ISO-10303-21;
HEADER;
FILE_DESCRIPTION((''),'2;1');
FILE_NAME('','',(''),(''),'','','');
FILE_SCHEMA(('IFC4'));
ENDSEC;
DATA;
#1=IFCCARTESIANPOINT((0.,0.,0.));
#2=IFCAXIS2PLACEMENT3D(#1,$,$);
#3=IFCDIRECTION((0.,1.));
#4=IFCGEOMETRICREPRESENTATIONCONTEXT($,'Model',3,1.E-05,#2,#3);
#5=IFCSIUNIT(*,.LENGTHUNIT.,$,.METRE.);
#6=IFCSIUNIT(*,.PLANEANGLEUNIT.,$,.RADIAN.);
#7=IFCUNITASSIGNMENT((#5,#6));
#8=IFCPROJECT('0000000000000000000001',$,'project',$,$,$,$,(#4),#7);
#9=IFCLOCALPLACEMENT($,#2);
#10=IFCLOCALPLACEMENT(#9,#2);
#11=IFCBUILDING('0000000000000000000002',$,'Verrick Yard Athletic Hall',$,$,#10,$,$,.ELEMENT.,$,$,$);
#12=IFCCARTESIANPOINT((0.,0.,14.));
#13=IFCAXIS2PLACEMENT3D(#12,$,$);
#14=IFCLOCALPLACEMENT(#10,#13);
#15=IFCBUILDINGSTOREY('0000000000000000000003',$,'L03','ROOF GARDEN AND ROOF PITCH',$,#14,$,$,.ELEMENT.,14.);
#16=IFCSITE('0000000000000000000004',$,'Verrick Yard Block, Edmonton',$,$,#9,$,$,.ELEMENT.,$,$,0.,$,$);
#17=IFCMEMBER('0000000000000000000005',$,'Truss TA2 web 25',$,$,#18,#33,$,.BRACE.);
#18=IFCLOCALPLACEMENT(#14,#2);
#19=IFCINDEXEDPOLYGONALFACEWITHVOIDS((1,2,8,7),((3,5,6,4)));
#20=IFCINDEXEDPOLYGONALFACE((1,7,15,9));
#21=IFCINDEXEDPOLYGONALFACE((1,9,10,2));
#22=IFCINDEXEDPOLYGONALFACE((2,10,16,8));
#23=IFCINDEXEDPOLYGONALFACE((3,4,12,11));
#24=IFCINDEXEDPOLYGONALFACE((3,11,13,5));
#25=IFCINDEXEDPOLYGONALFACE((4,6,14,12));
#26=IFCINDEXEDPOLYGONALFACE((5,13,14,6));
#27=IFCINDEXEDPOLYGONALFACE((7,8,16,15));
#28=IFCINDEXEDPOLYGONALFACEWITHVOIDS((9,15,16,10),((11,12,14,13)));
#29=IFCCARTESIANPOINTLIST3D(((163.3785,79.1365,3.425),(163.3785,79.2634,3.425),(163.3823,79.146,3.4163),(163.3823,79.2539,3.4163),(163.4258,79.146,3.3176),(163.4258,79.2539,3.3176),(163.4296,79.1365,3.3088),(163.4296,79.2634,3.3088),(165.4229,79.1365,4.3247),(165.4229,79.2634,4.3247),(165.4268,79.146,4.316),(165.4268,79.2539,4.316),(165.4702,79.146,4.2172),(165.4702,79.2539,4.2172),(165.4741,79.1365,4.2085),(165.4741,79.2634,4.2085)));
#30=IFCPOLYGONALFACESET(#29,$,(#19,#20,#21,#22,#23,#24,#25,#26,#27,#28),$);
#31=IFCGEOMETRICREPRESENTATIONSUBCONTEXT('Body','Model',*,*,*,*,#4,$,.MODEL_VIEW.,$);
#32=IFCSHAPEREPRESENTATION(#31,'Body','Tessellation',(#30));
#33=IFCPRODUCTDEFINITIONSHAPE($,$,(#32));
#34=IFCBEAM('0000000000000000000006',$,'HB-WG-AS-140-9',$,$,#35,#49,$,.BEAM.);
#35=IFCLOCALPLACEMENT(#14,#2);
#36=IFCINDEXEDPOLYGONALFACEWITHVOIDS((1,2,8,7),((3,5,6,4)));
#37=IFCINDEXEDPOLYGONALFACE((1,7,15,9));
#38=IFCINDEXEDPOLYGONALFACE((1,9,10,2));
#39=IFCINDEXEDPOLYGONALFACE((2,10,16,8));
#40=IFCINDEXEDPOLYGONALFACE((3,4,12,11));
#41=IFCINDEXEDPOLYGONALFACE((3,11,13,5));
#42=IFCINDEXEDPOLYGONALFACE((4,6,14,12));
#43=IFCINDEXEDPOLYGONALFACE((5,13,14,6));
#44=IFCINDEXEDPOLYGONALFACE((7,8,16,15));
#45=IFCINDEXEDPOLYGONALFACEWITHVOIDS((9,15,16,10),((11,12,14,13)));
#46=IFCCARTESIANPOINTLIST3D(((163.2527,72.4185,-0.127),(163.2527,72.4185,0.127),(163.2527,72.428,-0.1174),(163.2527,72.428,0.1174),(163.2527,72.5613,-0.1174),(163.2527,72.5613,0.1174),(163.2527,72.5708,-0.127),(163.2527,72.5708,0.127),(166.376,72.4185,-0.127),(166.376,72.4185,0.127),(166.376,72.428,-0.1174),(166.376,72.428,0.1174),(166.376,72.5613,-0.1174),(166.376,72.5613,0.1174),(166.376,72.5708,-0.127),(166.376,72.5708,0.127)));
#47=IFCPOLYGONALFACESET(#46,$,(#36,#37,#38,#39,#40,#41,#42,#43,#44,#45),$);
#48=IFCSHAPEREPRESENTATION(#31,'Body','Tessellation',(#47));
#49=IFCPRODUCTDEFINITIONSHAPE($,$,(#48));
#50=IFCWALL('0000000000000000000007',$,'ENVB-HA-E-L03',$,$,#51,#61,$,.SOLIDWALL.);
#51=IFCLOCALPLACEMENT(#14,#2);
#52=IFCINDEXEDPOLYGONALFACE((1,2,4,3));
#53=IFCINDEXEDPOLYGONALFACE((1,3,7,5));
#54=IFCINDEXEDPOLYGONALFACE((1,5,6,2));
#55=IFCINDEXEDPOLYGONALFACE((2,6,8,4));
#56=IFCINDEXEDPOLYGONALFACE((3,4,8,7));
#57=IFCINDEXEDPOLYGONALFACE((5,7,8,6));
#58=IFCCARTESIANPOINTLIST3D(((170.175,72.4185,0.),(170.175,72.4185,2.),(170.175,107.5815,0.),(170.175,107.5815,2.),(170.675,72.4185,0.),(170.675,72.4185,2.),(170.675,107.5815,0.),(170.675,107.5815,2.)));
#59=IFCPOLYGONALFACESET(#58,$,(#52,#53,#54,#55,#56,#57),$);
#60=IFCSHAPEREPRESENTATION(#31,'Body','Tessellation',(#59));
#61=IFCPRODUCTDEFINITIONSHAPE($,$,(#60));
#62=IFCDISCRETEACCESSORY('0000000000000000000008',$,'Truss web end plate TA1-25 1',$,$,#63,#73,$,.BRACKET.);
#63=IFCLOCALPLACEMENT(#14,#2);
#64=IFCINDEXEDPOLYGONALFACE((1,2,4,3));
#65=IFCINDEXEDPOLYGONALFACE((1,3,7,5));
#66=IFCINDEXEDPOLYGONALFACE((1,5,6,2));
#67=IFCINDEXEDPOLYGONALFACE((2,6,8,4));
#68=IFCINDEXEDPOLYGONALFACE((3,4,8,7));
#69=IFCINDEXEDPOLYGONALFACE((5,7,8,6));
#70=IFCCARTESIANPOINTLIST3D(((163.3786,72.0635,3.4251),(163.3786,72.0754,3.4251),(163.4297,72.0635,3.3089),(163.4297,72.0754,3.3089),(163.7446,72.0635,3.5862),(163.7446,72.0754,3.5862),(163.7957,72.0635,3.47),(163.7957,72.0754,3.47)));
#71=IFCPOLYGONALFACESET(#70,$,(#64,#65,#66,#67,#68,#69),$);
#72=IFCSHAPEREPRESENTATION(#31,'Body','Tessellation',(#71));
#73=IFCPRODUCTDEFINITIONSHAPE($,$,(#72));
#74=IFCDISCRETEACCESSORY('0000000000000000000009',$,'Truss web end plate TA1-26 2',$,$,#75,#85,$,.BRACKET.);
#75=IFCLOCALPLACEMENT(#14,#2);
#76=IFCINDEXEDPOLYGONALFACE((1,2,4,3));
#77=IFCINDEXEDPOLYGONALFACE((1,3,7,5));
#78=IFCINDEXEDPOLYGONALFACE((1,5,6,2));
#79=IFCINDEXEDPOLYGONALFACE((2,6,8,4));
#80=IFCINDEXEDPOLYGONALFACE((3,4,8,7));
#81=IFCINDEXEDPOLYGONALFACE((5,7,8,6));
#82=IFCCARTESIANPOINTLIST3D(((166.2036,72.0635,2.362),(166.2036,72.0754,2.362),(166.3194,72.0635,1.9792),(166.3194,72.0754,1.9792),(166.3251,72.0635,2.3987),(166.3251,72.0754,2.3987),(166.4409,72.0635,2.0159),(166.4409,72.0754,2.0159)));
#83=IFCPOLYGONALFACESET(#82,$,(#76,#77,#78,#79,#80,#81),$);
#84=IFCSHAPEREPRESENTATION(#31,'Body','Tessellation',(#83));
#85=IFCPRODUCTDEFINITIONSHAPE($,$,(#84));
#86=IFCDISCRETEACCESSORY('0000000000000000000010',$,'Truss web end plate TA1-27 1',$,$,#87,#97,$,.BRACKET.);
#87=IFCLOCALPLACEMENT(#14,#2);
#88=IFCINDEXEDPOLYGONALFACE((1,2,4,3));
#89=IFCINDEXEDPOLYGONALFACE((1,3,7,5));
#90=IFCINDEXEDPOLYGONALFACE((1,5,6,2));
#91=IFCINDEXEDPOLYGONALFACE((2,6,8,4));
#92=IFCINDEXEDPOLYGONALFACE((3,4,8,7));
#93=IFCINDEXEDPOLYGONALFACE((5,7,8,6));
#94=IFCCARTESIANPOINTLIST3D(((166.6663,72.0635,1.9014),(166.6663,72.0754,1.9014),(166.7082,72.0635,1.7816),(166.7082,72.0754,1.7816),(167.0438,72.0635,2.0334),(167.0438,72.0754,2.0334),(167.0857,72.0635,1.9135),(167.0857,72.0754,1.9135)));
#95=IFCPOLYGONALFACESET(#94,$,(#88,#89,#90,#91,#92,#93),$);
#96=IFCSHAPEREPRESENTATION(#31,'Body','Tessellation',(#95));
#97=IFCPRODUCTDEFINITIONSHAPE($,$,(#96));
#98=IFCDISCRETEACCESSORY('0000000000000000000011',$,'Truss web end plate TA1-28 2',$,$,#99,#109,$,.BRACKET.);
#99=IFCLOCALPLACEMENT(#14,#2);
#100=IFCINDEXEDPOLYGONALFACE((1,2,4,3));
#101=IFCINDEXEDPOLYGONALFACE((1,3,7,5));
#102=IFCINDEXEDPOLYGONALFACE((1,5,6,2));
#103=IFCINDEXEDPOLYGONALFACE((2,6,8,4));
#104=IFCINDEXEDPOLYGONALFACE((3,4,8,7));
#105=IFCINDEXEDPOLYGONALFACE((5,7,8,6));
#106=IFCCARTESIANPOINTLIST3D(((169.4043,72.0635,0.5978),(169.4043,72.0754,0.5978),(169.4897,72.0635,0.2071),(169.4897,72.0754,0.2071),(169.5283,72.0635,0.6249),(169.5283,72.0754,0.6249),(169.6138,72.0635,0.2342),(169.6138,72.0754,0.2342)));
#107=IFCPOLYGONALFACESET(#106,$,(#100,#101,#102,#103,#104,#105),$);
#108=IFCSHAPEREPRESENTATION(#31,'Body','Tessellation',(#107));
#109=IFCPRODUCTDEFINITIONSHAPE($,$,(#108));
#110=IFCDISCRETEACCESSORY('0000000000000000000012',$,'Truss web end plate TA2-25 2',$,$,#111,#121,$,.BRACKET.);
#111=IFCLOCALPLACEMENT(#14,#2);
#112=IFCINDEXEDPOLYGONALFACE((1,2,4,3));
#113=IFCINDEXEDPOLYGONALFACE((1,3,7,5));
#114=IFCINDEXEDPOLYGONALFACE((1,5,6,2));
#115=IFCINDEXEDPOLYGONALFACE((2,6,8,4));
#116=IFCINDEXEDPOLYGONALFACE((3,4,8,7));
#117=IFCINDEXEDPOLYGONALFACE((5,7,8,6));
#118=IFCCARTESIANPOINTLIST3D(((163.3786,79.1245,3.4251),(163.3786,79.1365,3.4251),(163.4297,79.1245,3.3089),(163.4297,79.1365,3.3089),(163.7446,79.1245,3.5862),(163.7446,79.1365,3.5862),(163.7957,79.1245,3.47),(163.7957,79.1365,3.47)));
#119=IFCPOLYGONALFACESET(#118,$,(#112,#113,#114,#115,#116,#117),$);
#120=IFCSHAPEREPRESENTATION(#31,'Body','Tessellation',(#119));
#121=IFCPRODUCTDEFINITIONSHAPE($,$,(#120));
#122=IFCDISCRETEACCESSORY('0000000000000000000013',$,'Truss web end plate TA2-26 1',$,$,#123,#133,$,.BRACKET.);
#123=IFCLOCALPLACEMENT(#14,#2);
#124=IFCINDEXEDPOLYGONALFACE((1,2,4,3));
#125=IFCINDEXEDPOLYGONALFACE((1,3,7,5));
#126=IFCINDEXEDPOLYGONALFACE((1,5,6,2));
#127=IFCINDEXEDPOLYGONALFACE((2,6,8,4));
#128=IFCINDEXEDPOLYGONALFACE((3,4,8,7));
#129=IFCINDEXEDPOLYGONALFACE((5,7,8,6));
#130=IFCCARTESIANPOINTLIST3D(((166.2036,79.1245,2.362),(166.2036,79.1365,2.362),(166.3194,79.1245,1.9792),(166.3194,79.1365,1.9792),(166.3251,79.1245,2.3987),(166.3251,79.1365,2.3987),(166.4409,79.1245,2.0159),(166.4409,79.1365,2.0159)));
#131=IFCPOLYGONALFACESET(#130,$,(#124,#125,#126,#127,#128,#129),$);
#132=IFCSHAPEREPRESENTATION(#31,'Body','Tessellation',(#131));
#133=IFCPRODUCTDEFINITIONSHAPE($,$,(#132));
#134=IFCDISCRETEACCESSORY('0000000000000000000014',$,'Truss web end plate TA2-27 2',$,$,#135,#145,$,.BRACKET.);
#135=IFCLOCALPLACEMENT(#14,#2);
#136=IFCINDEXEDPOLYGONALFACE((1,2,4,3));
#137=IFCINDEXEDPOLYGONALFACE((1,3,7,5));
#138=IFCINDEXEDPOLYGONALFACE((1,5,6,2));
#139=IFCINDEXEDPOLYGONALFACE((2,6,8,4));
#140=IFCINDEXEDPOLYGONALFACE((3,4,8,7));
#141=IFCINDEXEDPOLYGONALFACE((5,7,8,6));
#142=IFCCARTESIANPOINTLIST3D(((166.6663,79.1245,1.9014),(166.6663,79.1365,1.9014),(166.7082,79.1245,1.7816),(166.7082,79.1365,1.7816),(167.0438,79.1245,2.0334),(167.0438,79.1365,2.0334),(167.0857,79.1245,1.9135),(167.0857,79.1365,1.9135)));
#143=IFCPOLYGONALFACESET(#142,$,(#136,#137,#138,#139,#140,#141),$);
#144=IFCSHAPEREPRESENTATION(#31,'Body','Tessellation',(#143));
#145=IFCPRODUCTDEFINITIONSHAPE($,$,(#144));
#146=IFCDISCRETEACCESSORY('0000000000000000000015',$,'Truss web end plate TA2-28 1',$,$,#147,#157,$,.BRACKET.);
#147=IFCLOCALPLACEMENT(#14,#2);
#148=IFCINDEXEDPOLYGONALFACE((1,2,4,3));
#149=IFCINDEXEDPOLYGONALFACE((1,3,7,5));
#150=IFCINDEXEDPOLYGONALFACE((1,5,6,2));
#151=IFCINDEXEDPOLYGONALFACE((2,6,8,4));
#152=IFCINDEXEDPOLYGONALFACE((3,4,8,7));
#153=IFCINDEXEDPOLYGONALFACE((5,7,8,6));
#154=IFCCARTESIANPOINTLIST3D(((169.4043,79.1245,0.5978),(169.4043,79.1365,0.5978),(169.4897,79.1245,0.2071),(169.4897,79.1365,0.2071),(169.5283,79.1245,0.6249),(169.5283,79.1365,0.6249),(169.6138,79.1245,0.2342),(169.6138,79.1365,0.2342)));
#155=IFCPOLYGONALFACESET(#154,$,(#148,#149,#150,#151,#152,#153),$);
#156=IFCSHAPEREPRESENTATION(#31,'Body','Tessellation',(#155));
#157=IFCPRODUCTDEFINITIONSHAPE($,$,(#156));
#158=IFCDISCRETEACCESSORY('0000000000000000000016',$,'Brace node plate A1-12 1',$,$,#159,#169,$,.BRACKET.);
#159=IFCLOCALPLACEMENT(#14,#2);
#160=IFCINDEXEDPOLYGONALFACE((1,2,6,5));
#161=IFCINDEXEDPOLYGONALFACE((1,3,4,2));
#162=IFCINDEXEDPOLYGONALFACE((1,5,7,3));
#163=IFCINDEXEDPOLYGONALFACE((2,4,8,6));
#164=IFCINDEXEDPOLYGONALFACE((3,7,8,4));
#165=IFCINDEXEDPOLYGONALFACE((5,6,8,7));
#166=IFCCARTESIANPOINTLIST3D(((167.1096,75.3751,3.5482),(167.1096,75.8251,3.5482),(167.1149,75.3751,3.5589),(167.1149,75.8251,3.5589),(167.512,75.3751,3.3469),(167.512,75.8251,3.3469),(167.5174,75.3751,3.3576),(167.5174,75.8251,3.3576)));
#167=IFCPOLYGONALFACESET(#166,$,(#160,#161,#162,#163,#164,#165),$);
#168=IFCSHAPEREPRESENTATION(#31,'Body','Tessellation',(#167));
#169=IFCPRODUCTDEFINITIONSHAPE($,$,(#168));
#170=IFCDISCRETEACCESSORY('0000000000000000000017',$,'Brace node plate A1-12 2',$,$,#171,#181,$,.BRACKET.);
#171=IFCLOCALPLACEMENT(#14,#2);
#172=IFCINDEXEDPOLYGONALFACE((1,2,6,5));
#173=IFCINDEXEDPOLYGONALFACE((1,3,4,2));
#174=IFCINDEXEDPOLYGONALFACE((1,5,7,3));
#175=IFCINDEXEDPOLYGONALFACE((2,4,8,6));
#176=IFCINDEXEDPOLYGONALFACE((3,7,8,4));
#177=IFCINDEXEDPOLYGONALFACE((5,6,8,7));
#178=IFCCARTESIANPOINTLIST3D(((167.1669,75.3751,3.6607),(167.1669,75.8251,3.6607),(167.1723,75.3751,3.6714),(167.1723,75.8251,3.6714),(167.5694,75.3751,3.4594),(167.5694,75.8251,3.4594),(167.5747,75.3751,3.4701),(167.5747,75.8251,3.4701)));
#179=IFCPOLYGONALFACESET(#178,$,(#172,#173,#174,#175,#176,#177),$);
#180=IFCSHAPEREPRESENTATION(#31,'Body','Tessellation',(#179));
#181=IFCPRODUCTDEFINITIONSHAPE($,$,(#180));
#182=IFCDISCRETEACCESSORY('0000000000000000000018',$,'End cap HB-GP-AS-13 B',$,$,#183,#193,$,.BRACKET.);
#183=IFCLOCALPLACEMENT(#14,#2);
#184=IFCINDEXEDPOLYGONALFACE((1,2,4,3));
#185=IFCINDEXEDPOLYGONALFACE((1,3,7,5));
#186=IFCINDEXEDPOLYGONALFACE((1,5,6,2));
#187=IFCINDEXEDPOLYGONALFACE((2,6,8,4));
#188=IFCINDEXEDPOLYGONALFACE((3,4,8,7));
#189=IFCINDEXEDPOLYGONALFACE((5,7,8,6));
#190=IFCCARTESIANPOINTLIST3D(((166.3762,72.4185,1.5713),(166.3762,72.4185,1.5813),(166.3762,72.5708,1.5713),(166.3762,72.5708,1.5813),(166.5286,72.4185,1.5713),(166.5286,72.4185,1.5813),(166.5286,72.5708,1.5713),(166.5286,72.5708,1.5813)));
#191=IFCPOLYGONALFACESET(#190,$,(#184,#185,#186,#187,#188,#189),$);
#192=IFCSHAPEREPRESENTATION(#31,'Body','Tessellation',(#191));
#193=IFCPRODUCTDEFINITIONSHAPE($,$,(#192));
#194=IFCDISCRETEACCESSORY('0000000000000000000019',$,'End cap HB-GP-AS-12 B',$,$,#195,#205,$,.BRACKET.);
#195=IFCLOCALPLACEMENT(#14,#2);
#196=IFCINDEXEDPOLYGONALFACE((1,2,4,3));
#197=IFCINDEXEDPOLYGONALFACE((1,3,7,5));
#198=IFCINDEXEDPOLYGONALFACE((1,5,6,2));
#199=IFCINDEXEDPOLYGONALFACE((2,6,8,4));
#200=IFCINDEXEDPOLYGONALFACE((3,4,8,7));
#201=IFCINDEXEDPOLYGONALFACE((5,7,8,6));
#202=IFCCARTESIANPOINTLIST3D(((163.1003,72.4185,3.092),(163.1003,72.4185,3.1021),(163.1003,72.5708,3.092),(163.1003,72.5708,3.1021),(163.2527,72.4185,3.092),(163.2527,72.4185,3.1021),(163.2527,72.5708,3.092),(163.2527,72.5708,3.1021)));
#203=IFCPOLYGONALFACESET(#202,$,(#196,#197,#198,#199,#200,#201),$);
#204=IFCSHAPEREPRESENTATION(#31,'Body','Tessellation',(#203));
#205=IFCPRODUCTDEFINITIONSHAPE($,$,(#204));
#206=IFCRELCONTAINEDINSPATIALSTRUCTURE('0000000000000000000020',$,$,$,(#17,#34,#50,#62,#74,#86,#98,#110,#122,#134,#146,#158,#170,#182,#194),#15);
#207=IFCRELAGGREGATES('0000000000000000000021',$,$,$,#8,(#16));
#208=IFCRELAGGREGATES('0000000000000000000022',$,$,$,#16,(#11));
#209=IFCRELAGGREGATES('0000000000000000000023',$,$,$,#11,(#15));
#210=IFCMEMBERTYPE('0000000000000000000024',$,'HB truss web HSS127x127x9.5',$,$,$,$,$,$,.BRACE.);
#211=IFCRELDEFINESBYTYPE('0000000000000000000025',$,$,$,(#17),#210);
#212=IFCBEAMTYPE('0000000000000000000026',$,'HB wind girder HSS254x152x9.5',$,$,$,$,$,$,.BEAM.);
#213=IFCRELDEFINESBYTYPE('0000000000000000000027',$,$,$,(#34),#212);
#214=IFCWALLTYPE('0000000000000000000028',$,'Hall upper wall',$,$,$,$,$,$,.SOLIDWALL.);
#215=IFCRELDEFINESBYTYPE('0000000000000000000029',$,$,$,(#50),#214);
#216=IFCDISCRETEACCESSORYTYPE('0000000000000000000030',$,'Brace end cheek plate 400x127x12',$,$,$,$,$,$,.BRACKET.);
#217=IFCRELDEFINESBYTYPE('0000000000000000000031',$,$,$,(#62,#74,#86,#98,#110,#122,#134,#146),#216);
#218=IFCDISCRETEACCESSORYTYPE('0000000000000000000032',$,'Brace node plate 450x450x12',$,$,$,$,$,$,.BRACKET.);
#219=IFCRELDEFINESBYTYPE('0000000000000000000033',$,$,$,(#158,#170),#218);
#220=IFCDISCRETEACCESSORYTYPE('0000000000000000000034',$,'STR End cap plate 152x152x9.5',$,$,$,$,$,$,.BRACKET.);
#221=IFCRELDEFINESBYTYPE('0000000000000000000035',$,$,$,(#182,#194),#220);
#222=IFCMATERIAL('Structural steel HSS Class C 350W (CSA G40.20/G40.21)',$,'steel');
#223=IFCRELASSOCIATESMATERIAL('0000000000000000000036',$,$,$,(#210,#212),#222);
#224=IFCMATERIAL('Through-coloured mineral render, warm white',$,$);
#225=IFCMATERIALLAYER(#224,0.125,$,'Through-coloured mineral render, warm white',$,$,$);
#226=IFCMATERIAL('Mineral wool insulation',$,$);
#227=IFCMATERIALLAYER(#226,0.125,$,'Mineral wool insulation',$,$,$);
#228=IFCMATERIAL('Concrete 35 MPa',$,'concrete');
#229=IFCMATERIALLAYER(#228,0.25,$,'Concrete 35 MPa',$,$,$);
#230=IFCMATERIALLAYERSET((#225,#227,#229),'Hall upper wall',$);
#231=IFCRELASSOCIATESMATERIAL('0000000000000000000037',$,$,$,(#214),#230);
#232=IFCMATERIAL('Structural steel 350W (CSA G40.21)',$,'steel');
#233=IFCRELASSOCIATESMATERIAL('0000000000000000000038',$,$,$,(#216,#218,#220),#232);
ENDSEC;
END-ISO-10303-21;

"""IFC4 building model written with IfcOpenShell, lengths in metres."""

from ifc_helpers import new_model, si_unit, direction, frame, frame_2d, origin, origin_2d, place, context, subcontext, project, spatial, rectangle, hollow_rectangle, extrude, material, layer, layer_set, material_profile, profile_set, type_object, element, save


model = new_model("IFC4")

# Units and contexts
model_context = context("Model", 3, precision=1e-05, world=origin(), true_north=direction((0.0, 1.0)))
body_context = subcontext(model_context, "Body", "Model", "MODEL_VIEW")
ifc_project = project(units=[si_unit("LENGTHUNIT", "METRE"), si_unit("PLANEANGLEUNIT", "RADIAN")], contexts=[model_context])

# Site, building, storey
site_placement = place(None, origin())
site = spatial("IfcSite", under=ifc_project, at=site_placement, Name="Verrick Yard Block, Edmonton", CompositionType="ELEMENT", RefElevation=0.0)
building_placement = place(site_placement, origin())
building = spatial("IfcBuilding", under=site, at=building_placement, Name="Verrick Yard Athletic Hall", CompositionType="ELEMENT")
storey_placement = place(building_placement, frame((0.0, 0.0, 14.0)))
storey = spatial("IfcBuildingStorey", under=building, at=storey_placement, Name="L03", Description="ROOF GARDEN AND ROOF PITCH", CompositionType="ELEMENT", Elevation=14.0)

# Member
ifc_material_1 = material(Name="Structural steel HSS Class C 350W (CSA G40.20/G40.21)", Category="steel")
ifc_material_profile_1 = material_profile(ifc_material_1, hollow_rectangle(XDim=0.127, YDim=0.127, WallThickness=0.0095, at=origin_2d()), Name="HSS127x127x9.5")
ifc_profile_set_1 = profile_set([ifc_material_profile_1], Name="Structural steel HSS Class C 350W (CSA G40.20/G40.21)")
member_type_1 = type_object("IfcMemberType", Name="HB truss web HSS127x127x9.5", PredefinedType="BRACE", material=ifc_profile_set_1)
member_1_placement = place(storey_placement, frame((163.4041, 79.2, 3.3669), z_axis=(0.915297, 0.0, 0.402779), x_axis=(0.0, 1.0, 0.0)))
element("IfcMember", 1, at=member_1_placement, inside=storey, type_object=member_type_1, Name="Truss TA2 web 25", PredefinedType="BRACE", context=body_context, shape_type="SweptSolid", body=[
    extrude(hollow_rectangle(XDim=0.127, YDim=0.127, WallThickness=0.0095, at=origin_2d()), origin(), (0.0, 0.0, 1.0), 2.2336),
])

# Beam
ifc_material_profile_2 = material_profile(ifc_material_1, hollow_rectangle(XDim=0.1523, YDim=0.2539, WallThickness=0.0095, at=origin_2d()), Name="HSS254x152x9.5")
ifc_profile_set_2 = profile_set([ifc_material_profile_2], Name="Structural steel HSS Class C 350W (CSA G40.20/G40.21)")
beam_type = type_object("IfcBeamType", Name="HB wind girder HSS254x152x9.5", PredefinedType="BEAM", material=ifc_profile_set_2)
beam_placement = place(storey_placement, frame((163.2527, 72.4946, 0.0), z_axis=(1.0, 0.0, 0.0), x_axis=(0.0, 1.0, 0.0)))
element("IfcBeam", 2, at=beam_placement, inside=storey, type_object=beam_type, Name="HB-WG-AS-140-9", PredefinedType="BEAM", context=body_context, shape_type="SweptSolid", body=[
    extrude(hollow_rectangle(XDim=0.1523, YDim=0.2539, WallThickness=0.0095, at=origin_2d()), origin(), (0.0, 0.0, 1.0), 3.1233),
])

# Wall
ifc_material_2 = material(Name="Through-coloured mineral render, warm white")
ifc_layer_1 = layer(ifc_material_2, 0.125, Name="Through-coloured mineral render, warm white")
ifc_material_3 = material(Name="Mineral wool insulation")
ifc_layer_2 = layer(ifc_material_3, 0.125, Name="Mineral wool insulation")
ifc_material_4 = material(Name="Concrete 35 MPa", Category="concrete")
ifc_layer_3 = layer(ifc_material_4, 0.25, Name="Concrete 35 MPa")
ifc_layer_set = layer_set([ifc_layer_1, ifc_layer_2, ifc_layer_3], Name="Hall upper wall")
wall_type = type_object("IfcWallType", Name="Hall upper wall", PredefinedType="SOLIDWALL", material=ifc_layer_set)
wall_placement = place(storey_placement, frame((170.425, 72.4185, 0.0), z_axis=(0.0, 0.0, 1.0), x_axis=(0.0, 1.0, 0.0)))
element("IfcWall", 3, at=wall_placement, inside=storey, type_object=wall_type, Name="ENVB-HA-E-L03", PredefinedType="SOLIDWALL", context=body_context, shape_type="SweptSolid", body=[
    extrude(rectangle(XDim=35.1631, YDim=0.5, at=frame_2d((17.5815, 0.0))), origin(), (0.0, 0.0, 1.0), 2.0),
])

# Discrete accessories
ifc_material_5 = material(Name="Structural steel 350W (CSA G40.21)", Category="steel")
ifc_material_profile_3 = material_profile(ifc_material_5, rectangle(XDim=0.3999, YDim=0.127, at=origin_2d()), Name="Brace end cheek plate")
ifc_profile_set_3 = profile_set([ifc_material_profile_3], Name="Structural steel 350W (CSA G40.21)")
discrete_accessory_type_1 = type_object("IfcDiscreteAccessoryType", Name="Brace end cheek plate 400x127x12", PredefinedType="BRACKET", material=ifc_profile_set_3)
for number, where, z_axis, x_axis, name in (
    (4, (163.5872, 72.0635, 3.4475), (0.0, 1.0, 0.0), (0.915285, 0.0, 0.402806), "Truss web end plate TA1-25 1"),
    (5, (166.3223, 72.0635, 2.189), (0.0, 1.0, 0.0), (-0.289473, 0.0, 0.957186), "Truss web end plate TA1-26 2"),
    (6, (166.876, 72.0635, 1.9075), (0.0, 1.0, 0.0), (0.944026, 0.0, 0.329872), "Truss web end plate TA1-27 1"),
    (7, (169.509, 72.0635, 0.416), (0.0, 1.0, 0.0), (-0.213605, 0.0, 0.97692), "Truss web end plate TA1-28 2"),
    (8, (163.5872, 79.1365, 3.4475), (0.0, -1.0, 0.0), (0.915285, 0.0, 0.402806), "Truss web end plate TA2-25 2"),
    (9, (166.3223, 79.1365, 2.189), (0.0, -1.0, 0.0), (-0.289473, 0.0, 0.957186), "Truss web end plate TA2-26 1"),
    (10, (166.876, 79.1365, 1.9075), (0.0, -1.0, 0.0), (0.944026, 0.0, 0.329872), "Truss web end plate TA2-27 2"),
    (11, (169.509, 79.1365, 0.416), (0.0, -1.0, 0.0), (-0.213605, 0.0, 0.97692), "Truss web end plate TA2-28 1"),
):
    element("IfcDiscreteAccessory", number, at=place(storey_placement, frame(where, z_axis=z_axis, x_axis=x_axis)), inside=storey, type_object=discrete_accessory_type_1, Name=name, PredefinedType="BRACKET", context=body_context, shape_type="SweptSolid", body=[
        extrude(rectangle(XDim=0.3999, YDim=0.127, at=origin_2d()), origin(), (0.0, 0.0, 1.0), 0.012),
    ])
ifc_material_profile_4 = material_profile(ifc_material_5, rectangle(XDim=0.45, YDim=0.45, at=origin_2d()), Name="Brace node plate")
ifc_profile_set_4 = profile_set([ifc_material_profile_4], Name="Structural steel 350W (CSA G40.21)")
discrete_accessory_type_2 = type_object("IfcDiscreteAccessoryType", Name="Brace node plate 450x450x12", PredefinedType="BRACKET", material=ifc_profile_set_4)
for number, where, z_axis, x_axis, name in (
    (12, (167.3162, 75.6001, 3.4583), (-0.447214, 0.0, -0.894427), (0.0, -1.0, 0.0), "Brace node plate A1-12 1"),
    (13, (167.3682, 75.6001, 3.5601), (0.447214, 0.0, 0.894427), (0.0, 1.0, 0.0), "Brace node plate A1-12 2"),
):
    element("IfcDiscreteAccessory", number, at=place(storey_placement, frame(where, z_axis=z_axis, x_axis=x_axis)), inside=storey, type_object=discrete_accessory_type_2, Name=name, PredefinedType="BRACKET", context=body_context, shape_type="SweptSolid", body=[
        extrude(rectangle(XDim=0.45, YDim=0.45, at=origin_2d()), origin(), (0.0, 0.0, 1.0), 0.012),
    ])
ifc_material_profile_5 = material_profile(ifc_material_5, rectangle(XDim=0.1523, YDim=0.1523, at=origin_2d()), Name="STR End cap plate 152x152x9.5")
ifc_profile_set_5 = profile_set([ifc_material_profile_5], Name="Structural steel 350W (CSA G40.21)")
discrete_accessory_type_3 = type_object("IfcDiscreteAccessoryType", Name="STR End cap plate 152x152x9.5", PredefinedType="BRACKET", material=ifc_profile_set_5)
for number, where, z_axis, x_axis, name in (
    (14, (166.4524, 72.4946, 1.5713), (0.0, 0.0, 1.0), (1.0, 0.0, 0.0), "End cap HB-GP-AS-13 B"),
    (15, (163.1765, 72.4946, 3.092), (0.0, 0.0, 1.0), (1.0, 0.0, 0.0), "End cap HB-GP-AS-12 B"),
):
    element("IfcDiscreteAccessory", number, at=place(storey_placement, frame(where, z_axis=z_axis, x_axis=x_axis)), inside=storey, type_object=discrete_accessory_type_3, Name=name, PredefinedType="BRACKET", context=body_context, shape_type="SweptSolid", body=[
        extrude(rectangle(XDim=0.1523, YDim=0.1523, at=origin_2d()), origin(), (0.0, 0.0, 1.0), 0.01),
    ])

save(model, "model.ifc")
